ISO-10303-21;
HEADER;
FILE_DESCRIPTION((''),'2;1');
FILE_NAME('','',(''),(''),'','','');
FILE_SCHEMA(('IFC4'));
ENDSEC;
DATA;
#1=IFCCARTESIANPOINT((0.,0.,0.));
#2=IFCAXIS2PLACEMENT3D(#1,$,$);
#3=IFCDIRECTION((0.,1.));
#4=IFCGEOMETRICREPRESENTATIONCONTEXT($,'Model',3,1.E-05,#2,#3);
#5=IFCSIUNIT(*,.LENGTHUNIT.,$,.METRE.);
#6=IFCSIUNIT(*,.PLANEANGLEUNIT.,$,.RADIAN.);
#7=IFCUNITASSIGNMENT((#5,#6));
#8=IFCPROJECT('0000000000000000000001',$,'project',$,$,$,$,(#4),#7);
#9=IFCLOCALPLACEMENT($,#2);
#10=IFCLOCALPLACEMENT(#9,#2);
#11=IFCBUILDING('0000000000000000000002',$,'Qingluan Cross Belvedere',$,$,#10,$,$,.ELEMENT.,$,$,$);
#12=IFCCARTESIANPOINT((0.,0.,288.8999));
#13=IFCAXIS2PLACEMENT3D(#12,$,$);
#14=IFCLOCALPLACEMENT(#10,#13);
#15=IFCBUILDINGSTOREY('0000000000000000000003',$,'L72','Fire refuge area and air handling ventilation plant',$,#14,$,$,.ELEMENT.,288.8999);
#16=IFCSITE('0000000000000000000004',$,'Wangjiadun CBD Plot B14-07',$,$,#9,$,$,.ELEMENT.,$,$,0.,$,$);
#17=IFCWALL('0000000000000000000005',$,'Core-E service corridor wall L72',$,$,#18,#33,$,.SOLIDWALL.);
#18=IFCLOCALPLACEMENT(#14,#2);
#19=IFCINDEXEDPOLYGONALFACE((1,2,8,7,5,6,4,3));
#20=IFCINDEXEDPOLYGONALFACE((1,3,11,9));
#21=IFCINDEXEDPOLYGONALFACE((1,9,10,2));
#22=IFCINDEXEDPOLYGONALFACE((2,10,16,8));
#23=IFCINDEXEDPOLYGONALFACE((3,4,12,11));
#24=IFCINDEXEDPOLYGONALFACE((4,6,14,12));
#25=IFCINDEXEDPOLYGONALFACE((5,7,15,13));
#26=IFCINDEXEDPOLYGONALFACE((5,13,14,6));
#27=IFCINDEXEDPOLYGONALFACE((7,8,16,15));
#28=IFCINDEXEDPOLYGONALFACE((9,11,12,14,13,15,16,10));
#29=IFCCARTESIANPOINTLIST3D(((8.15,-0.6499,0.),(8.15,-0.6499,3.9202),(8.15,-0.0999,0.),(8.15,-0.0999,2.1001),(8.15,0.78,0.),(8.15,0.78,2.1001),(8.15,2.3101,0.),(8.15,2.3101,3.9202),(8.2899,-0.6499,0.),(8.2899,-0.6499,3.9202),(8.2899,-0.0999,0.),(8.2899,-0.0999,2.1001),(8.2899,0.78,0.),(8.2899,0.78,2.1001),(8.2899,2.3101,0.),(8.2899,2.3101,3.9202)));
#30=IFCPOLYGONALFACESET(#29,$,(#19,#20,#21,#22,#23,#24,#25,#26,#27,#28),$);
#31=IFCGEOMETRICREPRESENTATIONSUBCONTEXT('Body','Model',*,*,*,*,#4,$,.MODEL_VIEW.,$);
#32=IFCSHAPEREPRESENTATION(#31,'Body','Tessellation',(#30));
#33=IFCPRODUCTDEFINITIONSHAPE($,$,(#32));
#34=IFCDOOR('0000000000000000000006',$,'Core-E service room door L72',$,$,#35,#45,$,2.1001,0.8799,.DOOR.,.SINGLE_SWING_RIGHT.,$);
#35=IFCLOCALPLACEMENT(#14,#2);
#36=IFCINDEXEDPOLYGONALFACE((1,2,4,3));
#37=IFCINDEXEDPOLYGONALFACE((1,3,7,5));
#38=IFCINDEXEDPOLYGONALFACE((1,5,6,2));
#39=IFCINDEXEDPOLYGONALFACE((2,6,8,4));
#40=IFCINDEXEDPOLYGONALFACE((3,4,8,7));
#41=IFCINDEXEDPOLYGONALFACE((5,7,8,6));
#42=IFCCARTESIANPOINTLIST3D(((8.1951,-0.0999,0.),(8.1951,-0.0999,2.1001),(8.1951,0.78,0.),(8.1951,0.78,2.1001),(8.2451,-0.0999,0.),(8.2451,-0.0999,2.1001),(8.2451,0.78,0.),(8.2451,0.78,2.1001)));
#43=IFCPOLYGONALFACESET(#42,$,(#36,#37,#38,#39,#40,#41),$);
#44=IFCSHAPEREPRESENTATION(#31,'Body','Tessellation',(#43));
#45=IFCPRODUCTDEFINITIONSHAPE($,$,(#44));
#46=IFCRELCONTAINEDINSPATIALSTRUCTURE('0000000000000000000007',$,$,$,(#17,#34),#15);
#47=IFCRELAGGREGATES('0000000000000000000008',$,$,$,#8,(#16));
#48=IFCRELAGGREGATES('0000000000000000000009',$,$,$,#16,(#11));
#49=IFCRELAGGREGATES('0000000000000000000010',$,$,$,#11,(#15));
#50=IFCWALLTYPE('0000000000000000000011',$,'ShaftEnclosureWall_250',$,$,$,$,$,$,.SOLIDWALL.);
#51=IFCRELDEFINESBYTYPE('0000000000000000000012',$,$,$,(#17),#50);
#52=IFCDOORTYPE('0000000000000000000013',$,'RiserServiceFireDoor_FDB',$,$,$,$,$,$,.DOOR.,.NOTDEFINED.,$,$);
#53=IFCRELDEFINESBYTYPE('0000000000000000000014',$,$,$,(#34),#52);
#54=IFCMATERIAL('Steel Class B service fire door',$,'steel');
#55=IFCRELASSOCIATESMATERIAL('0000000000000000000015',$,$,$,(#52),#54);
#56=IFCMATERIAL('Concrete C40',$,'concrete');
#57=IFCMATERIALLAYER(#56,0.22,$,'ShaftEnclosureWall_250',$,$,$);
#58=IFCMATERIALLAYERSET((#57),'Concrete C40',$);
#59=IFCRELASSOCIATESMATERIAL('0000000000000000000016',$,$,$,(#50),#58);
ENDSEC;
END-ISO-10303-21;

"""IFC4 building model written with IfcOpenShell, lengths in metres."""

from ifc_helpers import new_model, si_unit, direction, frame, frame_2d, origin, place, context, subcontext, project, spatial, rectangle, extrude, material, layer, layer_set, type_object, element, fill, save


model = new_model("IFC4")

# Units and contexts
model_context = context("Model", 3, precision=1e-05, world=origin(), true_north=direction((0.0, 1.0)))
body_context = subcontext(model_context, "Body", "Model", "MODEL_VIEW")
ifc_project = project(units=[si_unit("LENGTHUNIT", "METRE"), si_unit("PLANEANGLEUNIT", "RADIAN")], contexts=[model_context])

# Site, building, storey
site_placement = place(None, origin())
site = spatial("IfcSite", under=ifc_project, at=site_placement, Name="Wangjiadun CBD Plot B14-07", CompositionType="ELEMENT", RefElevation=0.0)
building_placement = place(site_placement, origin())
building = spatial("IfcBuilding", under=site, at=building_placement, Name="Qingluan Cross Belvedere", CompositionType="ELEMENT")
storey_placement = place(building_placement, frame((0.0, 0.0, 288.8999)))
storey = spatial("IfcBuildingStorey", under=building, at=storey_placement, Name="L72", Description="Fire refuge area and air handling ventilation plant", CompositionType="ELEMENT", Elevation=288.8999)

# Shared definitions
ifc_material_1 = material(Name="Steel Class B service fire door", Category="steel")
door_type_1 = type_object("IfcDoorType", Name="RiserServiceFireDoor_FDB", OperationType="NOTDEFINED", PredefinedType="DOOR", material=ifc_material_1)

# Shared definitions
ifc_material_2 = material(Name="Concrete C40", Category="concrete")
ifc_layer_1 = layer(ifc_material_2, 0.22, Name="ShaftEnclosureWall_250")
ifc_layer_set_1 = layer_set([ifc_layer_1], Name="Concrete C40")
wall_type_1 = type_object("IfcWallType", Name="ShaftEnclosureWall_250", PredefinedType="SOLIDWALL", material=ifc_layer_set_1)

# Wall, opening, door
wall_1_placement = place(storey_placement, frame((8.22, -0.6499, 0.0), z_axis=(0.0, 0.0, 1.0), x_axis=(0.0, 1.0, 0.0)))
wall_1 = element("IfcWall", 1, at=wall_1_placement, inside=storey, type_object=wall_type_1, Name="Core-E service corridor wall L72", PredefinedType="SOLIDWALL", context=body_context, shape_type="SweptSolid", body=[
    extrude(rectangle(XDim=2.96, YDim=0.1399, at=frame_2d((1.48, 0.0))), origin(), (0.0, 0.0, 1.0), 3.9202),
])
opening_1_placement = place(wall_1_placement, frame((0.55, 0.0, 0.0)))
opening_1 = element("IfcOpeningElement", 2, at=opening_1_placement, cuts=wall_1, PredefinedType="OPENING", context=body_context, shape_type="SweptSolid", body=[
    extrude(rectangle(XDim=0.8799, YDim=2.1001, at=frame_2d((0.4399, 1.05))), frame((0.0, 0.0798, 0.0), z_axis=(0.0, -1.0, 0.0), x_axis=(1.0, 0.0, 0.0)), (0.0, 0.0, 1.0), 0.1599),
])
door_1_placement = place(opening_1_placement, origin())
door_1 = element("IfcDoor", 3, at=door_1_placement, inside=storey, type_object=door_type_1, Name="Core-E service room door L72", OperationType="SINGLE_SWING_RIGHT", OverallHeight=2.1001, OverallWidth=0.8799, PredefinedType="DOOR", context=body_context, shape_type="SweptSolid", body=[
    extrude(rectangle(XDim=0.8799, YDim=2.1001, at=frame_2d((0.4399, 1.05))), frame((0.0, 0.0249, 0.0), z_axis=(0.0, -1.0, 0.0), x_axis=(1.0, 0.0, 0.0)), (0.0, 0.0, 1.0), 0.05),
])
fill(opening_1, door_1)

save(model, "model.ifc")
